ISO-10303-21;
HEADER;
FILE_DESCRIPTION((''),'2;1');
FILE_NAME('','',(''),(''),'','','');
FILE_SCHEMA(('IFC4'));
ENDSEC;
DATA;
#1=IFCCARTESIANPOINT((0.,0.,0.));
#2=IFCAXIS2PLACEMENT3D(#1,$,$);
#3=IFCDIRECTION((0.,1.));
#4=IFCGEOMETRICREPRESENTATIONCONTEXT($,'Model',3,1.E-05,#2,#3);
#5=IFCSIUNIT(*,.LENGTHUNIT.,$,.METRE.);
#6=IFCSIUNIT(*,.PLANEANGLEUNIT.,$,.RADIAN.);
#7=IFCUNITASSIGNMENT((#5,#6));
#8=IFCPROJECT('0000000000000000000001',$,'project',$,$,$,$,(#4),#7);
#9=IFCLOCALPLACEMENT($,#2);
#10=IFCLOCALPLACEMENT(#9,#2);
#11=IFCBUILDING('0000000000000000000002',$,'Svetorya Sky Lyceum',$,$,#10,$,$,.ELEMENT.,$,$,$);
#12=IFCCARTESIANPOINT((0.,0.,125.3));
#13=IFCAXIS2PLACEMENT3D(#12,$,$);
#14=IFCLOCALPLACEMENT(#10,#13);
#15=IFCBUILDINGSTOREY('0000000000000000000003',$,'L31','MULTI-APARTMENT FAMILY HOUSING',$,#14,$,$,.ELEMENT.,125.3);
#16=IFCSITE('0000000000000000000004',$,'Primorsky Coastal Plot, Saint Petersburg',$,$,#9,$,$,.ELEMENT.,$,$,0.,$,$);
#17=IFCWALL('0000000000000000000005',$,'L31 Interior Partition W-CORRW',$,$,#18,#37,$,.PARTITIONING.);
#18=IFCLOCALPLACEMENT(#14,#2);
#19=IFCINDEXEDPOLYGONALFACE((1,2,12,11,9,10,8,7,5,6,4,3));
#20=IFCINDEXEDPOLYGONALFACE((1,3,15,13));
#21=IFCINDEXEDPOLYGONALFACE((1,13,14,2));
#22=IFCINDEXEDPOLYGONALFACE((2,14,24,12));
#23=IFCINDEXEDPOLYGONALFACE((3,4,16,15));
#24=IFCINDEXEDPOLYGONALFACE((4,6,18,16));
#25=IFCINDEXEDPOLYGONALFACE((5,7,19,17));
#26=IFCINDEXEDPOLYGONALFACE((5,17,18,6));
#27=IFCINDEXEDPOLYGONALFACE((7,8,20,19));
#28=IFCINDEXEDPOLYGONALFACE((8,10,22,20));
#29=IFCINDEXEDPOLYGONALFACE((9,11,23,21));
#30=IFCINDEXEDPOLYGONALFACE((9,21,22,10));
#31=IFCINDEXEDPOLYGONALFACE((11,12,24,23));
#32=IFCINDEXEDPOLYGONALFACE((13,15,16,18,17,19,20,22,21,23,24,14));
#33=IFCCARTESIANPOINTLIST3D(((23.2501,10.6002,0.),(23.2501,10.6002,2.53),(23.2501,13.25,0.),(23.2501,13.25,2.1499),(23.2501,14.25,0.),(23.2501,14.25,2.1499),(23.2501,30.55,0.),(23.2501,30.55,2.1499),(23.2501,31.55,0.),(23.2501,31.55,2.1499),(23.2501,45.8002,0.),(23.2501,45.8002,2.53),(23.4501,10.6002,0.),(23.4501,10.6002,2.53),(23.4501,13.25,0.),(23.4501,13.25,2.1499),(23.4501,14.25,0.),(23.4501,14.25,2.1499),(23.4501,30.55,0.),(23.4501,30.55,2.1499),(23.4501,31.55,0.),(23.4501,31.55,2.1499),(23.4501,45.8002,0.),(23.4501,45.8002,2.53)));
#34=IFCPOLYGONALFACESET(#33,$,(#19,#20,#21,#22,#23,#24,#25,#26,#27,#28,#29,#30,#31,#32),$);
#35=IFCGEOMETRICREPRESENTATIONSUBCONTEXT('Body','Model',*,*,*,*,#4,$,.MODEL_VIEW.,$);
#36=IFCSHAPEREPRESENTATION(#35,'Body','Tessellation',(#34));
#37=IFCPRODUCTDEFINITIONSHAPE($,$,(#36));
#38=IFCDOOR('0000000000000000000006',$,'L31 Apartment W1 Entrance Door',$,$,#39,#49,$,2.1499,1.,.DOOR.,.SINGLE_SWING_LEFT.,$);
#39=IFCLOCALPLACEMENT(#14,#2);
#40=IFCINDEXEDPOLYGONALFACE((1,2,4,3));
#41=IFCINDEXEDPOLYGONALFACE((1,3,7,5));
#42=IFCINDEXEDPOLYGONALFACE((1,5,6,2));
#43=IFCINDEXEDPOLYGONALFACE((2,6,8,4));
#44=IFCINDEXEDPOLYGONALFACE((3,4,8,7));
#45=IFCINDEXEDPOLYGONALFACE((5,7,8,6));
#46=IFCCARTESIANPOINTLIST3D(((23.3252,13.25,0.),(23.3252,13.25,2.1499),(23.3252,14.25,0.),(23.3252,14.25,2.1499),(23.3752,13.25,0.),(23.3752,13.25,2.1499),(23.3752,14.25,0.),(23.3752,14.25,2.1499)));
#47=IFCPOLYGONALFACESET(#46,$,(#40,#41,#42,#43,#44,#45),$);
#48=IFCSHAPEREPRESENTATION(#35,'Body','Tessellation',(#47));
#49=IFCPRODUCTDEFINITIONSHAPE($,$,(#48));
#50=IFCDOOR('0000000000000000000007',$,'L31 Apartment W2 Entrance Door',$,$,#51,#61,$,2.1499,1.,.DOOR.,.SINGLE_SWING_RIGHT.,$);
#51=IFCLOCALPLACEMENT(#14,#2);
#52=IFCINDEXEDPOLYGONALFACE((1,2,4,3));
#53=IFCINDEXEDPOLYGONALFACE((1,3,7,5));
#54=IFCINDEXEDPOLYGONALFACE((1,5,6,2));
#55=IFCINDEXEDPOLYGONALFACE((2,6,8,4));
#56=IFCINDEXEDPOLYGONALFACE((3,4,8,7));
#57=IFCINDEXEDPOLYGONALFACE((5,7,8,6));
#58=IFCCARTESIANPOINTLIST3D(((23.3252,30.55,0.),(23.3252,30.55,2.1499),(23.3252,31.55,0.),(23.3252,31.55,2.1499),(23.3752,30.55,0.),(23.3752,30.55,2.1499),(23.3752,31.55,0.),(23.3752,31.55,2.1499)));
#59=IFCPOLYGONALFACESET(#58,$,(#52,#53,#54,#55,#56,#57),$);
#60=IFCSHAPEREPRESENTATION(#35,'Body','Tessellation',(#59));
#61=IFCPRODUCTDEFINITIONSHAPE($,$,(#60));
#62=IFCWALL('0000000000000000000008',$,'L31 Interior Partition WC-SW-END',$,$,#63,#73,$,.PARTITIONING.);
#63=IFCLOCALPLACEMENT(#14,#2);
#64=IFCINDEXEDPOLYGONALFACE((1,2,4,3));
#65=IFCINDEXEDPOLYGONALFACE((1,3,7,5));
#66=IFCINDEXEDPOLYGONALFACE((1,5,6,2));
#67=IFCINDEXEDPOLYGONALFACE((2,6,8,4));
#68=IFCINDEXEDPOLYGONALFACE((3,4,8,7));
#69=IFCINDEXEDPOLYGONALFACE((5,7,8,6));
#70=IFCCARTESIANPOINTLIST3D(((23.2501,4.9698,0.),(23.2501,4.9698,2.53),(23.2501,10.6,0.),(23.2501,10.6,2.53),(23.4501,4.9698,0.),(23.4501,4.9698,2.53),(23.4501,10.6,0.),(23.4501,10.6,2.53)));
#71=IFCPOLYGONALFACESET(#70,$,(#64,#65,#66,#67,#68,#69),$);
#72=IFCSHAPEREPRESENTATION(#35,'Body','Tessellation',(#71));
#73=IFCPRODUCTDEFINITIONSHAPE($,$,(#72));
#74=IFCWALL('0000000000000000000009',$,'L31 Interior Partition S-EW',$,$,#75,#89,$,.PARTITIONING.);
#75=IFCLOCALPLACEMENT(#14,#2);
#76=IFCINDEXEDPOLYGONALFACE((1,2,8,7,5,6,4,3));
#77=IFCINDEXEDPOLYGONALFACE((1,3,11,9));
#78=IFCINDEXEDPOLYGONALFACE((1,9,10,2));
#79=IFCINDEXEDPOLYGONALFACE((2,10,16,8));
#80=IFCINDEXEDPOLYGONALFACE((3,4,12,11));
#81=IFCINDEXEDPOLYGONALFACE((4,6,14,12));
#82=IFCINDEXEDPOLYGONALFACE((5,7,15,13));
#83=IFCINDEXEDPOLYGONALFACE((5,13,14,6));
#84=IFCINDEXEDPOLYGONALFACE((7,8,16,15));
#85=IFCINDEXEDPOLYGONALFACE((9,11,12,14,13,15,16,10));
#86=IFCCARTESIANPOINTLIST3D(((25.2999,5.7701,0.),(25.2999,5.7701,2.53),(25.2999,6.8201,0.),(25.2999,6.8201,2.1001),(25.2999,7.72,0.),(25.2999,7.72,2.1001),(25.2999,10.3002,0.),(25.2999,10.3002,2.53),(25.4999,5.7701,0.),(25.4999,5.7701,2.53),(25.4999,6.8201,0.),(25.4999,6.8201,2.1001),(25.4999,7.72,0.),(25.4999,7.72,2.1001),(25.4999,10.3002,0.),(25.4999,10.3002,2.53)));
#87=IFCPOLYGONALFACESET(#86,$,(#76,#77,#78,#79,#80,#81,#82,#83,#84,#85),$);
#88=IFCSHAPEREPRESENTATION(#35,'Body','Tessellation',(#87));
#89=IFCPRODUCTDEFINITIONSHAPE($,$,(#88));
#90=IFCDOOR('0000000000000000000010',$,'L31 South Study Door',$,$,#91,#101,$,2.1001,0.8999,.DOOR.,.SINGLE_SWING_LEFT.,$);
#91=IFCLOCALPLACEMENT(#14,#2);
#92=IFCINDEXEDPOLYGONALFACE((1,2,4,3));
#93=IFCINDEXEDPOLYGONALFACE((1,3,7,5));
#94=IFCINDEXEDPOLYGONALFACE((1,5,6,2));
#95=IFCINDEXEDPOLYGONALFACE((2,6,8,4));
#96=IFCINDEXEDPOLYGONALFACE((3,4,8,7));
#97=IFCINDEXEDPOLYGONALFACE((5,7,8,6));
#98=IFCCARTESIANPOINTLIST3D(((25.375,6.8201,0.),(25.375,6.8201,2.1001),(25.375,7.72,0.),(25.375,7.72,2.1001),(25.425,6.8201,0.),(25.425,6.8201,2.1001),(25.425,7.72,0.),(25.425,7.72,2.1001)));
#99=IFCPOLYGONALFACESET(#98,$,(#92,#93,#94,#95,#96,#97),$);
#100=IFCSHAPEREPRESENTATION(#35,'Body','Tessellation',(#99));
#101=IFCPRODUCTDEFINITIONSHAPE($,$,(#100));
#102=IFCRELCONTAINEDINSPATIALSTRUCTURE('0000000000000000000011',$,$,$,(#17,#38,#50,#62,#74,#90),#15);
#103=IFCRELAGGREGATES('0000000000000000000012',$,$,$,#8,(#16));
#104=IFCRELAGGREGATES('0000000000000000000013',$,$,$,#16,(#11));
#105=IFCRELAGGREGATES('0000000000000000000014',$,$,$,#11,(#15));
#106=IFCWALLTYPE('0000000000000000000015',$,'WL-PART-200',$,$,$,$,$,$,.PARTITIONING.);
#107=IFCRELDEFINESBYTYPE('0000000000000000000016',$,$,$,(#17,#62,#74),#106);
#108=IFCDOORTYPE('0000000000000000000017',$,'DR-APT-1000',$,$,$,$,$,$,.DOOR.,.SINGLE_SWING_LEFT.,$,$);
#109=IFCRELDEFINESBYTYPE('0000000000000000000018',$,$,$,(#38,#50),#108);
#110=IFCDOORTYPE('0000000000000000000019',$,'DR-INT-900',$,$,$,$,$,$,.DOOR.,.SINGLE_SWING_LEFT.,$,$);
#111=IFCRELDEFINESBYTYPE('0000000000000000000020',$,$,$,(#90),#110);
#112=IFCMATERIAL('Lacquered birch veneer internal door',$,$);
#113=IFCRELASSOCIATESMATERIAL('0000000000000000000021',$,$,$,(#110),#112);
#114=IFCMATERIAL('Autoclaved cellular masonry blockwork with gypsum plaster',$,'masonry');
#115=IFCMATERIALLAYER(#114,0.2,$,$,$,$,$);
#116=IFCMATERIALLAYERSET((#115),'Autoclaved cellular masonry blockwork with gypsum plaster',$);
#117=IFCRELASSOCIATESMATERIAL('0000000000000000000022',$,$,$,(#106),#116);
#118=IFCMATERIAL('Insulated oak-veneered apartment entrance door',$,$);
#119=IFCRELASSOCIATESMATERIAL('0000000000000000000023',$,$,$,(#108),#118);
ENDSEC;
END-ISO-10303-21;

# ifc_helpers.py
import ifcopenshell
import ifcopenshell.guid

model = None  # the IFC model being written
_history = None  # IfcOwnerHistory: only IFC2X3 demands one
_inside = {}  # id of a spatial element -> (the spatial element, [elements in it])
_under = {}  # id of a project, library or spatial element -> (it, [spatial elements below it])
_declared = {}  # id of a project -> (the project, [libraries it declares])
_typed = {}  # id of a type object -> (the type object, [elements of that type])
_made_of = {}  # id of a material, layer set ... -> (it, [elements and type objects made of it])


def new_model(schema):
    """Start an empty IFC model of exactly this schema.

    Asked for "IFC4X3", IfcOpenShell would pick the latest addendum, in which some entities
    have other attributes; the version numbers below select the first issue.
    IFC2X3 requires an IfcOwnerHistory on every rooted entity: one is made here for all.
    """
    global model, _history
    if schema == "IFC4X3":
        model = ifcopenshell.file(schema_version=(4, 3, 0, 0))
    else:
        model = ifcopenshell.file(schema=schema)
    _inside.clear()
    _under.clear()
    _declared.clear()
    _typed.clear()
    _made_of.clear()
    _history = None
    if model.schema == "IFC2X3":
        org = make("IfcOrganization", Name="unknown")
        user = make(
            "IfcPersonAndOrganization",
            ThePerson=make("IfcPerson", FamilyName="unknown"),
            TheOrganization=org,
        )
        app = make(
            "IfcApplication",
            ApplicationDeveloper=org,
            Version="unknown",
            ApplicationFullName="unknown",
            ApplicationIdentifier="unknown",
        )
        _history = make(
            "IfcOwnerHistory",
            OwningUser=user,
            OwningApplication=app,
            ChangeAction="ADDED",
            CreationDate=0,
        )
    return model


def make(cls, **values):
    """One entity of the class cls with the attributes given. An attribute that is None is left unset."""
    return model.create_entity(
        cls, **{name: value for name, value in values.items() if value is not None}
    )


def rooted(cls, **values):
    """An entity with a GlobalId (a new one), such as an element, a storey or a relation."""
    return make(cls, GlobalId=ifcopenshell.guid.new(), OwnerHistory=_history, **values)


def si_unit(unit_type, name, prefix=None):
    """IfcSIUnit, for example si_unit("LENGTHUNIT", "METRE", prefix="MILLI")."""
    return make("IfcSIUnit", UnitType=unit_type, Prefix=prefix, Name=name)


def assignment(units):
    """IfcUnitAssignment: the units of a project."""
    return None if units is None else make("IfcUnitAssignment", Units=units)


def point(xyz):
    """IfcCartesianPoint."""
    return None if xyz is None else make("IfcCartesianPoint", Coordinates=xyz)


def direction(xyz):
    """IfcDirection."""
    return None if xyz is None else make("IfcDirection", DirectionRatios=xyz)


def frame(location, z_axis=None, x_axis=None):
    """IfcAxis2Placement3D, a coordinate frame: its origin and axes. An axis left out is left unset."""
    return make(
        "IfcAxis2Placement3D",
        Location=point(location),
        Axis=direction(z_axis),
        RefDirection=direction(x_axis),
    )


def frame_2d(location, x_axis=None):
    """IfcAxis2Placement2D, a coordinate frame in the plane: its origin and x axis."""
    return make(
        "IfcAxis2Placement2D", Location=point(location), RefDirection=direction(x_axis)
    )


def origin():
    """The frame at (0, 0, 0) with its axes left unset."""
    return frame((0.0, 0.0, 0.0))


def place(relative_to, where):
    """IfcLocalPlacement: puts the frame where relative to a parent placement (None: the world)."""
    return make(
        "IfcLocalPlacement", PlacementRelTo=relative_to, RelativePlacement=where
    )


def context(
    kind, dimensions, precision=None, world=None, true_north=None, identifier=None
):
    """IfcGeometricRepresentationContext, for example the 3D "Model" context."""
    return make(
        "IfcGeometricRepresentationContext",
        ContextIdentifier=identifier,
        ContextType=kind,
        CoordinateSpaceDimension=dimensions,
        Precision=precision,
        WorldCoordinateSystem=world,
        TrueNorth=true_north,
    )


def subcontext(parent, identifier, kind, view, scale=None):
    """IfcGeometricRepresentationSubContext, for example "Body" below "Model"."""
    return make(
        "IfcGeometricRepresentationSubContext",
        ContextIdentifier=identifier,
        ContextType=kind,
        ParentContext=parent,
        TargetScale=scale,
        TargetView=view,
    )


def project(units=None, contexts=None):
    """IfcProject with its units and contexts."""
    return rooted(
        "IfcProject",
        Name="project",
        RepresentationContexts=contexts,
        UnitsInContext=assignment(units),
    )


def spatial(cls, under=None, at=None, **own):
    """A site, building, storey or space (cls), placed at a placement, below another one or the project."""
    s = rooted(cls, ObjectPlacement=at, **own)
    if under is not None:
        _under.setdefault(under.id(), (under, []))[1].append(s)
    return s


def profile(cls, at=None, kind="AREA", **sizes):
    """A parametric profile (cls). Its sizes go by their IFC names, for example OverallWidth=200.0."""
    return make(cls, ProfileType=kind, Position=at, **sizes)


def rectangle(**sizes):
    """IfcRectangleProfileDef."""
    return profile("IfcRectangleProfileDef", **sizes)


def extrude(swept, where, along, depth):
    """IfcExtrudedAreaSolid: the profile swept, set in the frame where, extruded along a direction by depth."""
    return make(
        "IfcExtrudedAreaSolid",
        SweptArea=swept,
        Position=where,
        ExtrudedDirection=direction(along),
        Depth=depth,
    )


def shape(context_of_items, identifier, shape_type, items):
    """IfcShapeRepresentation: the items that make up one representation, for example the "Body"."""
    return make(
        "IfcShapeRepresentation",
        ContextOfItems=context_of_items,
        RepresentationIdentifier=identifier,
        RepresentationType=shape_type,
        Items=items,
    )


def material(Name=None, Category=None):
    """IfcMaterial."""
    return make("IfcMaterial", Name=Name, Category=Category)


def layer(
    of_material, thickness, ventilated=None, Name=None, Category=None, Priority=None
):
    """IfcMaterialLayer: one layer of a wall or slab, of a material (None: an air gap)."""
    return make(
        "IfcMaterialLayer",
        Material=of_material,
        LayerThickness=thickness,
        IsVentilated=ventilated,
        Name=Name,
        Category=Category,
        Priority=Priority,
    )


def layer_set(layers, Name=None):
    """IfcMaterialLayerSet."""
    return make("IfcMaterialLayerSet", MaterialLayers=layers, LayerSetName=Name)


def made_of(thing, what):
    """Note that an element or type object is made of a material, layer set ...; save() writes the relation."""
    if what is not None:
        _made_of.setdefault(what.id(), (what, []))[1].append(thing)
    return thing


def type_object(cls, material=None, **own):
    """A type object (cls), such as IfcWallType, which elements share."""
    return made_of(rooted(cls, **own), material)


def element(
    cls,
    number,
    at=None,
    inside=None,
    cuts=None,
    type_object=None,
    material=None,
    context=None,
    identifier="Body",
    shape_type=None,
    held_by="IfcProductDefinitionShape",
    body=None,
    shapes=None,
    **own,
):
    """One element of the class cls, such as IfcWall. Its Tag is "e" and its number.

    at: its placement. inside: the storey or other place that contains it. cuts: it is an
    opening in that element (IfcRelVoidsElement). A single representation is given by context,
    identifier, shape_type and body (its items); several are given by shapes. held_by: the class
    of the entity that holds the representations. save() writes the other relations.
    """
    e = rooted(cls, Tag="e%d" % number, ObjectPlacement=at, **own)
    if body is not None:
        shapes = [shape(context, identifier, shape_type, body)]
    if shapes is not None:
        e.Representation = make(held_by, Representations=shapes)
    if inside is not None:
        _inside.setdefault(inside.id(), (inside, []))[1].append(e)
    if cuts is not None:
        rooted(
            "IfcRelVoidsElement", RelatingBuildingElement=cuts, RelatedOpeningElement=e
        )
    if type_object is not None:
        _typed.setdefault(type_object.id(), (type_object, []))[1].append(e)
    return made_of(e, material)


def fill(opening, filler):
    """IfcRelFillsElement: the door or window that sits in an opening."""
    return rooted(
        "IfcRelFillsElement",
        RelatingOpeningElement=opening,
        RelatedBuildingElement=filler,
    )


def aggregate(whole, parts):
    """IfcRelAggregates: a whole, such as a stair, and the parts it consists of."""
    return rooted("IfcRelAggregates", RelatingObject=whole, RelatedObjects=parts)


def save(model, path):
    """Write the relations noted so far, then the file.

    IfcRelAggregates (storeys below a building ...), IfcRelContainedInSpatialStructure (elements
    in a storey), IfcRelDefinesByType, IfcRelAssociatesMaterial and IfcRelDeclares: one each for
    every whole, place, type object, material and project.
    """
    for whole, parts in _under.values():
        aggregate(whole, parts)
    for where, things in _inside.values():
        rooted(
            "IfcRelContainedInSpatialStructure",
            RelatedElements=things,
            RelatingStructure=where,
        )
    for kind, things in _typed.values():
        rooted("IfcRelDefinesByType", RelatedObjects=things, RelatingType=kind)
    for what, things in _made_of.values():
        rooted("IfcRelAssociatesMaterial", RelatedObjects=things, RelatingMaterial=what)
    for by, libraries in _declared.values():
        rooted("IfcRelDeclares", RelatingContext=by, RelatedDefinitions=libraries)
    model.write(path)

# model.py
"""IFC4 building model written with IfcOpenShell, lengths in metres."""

from ifc_helpers import new_model, si_unit, direction, frame, frame_2d, origin, place, context, subcontext, project, spatial, rectangle, extrude, material, layer, layer_set, type_object, element, fill, save


model = new_model("IFC4")

# Units and contexts
model_context = context("Model", 3, precision=1e-05, world=origin(), true_north=direction((0.0, 1.0)))
body_context = subcontext(model_context, "Body", "Model", "MODEL_VIEW")
ifc_project = project(units=[si_unit("LENGTHUNIT", "METRE"), si_unit("PLANEANGLEUNIT", "RADIAN")], contexts=[model_context])

# Site, building, storey
site_placement = place(None, origin())
site = spatial("IfcSite", under=ifc_project, at=site_placement, Name="Primorsky Coastal Plot, Saint Petersburg", CompositionType="ELEMENT", RefElevation=0.0)
building_placement = place(site_placement, origin())
building = spatial("IfcBuilding", under=site, at=building_placement, Name="Svetorya Sky Lyceum", CompositionType="ELEMENT")
storey_placement = place(building_placement, frame((0.0, 0.0, 125.3)))
storey = spatial("IfcBuildingStorey", under=building, at=storey_placement, Name="L31", Description="MULTI-APARTMENT FAMILY HOUSING", CompositionType="ELEMENT", Elevation=125.3)

# Shared definitions
ifc_material_1 = material(Name="Lacquered birch veneer internal door")
door_type_1 = type_object("IfcDoorType", Name="DR-INT-900", OperationType="SINGLE_SWING_LEFT", PredefinedType="DOOR", material=ifc_material_1)

# Shared definitions
ifc_material_2 = material(Name="Autoclaved cellular masonry blockwork with gypsum plaster", Category="masonry")
ifc_layer_1 = layer(ifc_material_2, 0.2)
ifc_layer_set_1 = layer_set([ifc_layer_1], Name="Autoclaved cellular masonry blockwork with gypsum plaster")
wall_type_1 = type_object("IfcWallType", Name="WL-PART-200", PredefinedType="PARTITIONING", material=ifc_layer_set_1)

# Wall, openings, doors
wall_1_placement = place(storey_placement, frame((23.3501, 10.6001, 0.0), z_axis=(0.0, 0.0, 1.0), x_axis=(0.0, 1.0, 0.0)))
wall_1 = element("IfcWall", 1, at=wall_1_placement, inside=storey, type_object=wall_type_1, Name="L31 Interior Partition W-CORRW", PredefinedType="PARTITIONING", context=body_context, shape_type="SweptSolid", body=[
    extrude(rectangle(XDim=35.2, YDim=0.2, at=frame_2d((17.6001, 0.0))), origin(), (0.0, 0.0, 1.0), 2.53),
])
opening_1_placement = place(wall_1_placement, frame((2.6499, 0.0, 0.0)))
opening_1 = element("IfcOpeningElement", 2, at=opening_1_placement, cuts=wall_1, PredefinedType="OPENING", context=body_context, shape_type="SweptSolid", body=[
    extrude(rectangle(XDim=1.0, YDim=2.1499, at=frame_2d((0.5, 1.075))), frame((0.0, 0.1099, 0.0), z_axis=(0.0, -1.0, 0.0), x_axis=(1.0, 0.0, 0.0)), (0.0, 0.0, 1.0), 0.22),
])
opening_2_placement = place(wall_1_placement, frame((19.95, 0.0, 0.0)))
opening_2 = element("IfcOpeningElement", 3, at=opening_2_placement, cuts=wall_1, PredefinedType="OPENING", context=body_context, shape_type="SweptSolid", body=[
    extrude(rectangle(XDim=1.0, YDim=2.1499, at=frame_2d((0.5, 1.075))), frame((0.0, 0.1099, 0.0), z_axis=(0.0, -1.0, 0.0), x_axis=(1.0, 0.0, 0.0)), (0.0, 0.0, 1.0), 0.22),
])
ifc_material_3 = material(Name="Insulated oak-veneered apartment entrance door")
door_type_2 = type_object("IfcDoorType", Name="DR-APT-1000", OperationType="SINGLE_SWING_LEFT", PredefinedType="DOOR", material=ifc_material_3)
door_1_placement = place(opening_1_placement, origin())
door_1 = element("IfcDoor", 4, at=door_1_placement, inside=storey, type_object=door_type_2, Name="L31 Apartment W1 Entrance Door", OperationType="SINGLE_SWING_LEFT", OverallHeight=2.1499, OverallWidth=1.0, PredefinedType="DOOR", context=body_context, shape_type="SweptSolid", body=[
    extrude(rectangle(XDim=1.0, YDim=2.1499, at=frame_2d((0.5, 1.075))), frame((0.0, 0.0249, 0.0), z_axis=(0.0, -1.0, 0.0), x_axis=(1.0, 0.0, 0.0)), (0.0, 0.0, 1.0), 0.05),
])
fill(opening_1, door_1)
door_2_placement = place(opening_2_placement, origin())
door_2 = element("IfcDoor", 5, at=door_2_placement, inside=storey, type_object=door_type_2, Name="L31 Apartment W2 Entrance Door", OperationType="SINGLE_SWING_RIGHT", OverallHeight=2.1499, OverallWidth=1.0, PredefinedType="DOOR", context=body_context, shape_type="SweptSolid", body=[
    extrude(rectangle(XDim=1.0, YDim=2.1499, at=frame_2d((0.5, 1.075))), frame((0.0, 0.0249, 0.0), z_axis=(0.0, -1.0, 0.0), x_axis=(1.0, 0.0, 0.0)), (0.0, 0.0, 1.0), 0.05),
])
fill(opening_2, door_2)

# Wall
wall_2_placement = place(storey_placement, frame((23.3501, 4.97, 0.0), z_axis=(0.0, 0.0, 1.0), x_axis=(0.0, 1.0, 0.0)))
element("IfcWall", 6, at=wall_2_placement, inside=storey, type_object=wall_type_1, Name="L31 Interior Partition WC-SW-END", PredefinedType="PARTITIONING", context=body_context, shape_type="SweptSolid", body=[
    extrude(rectangle(XDim=5.6301, YDim=0.2, at=frame_2d((2.8149, 0.0))), origin(), (0.0, 0.0, 1.0), 2.53),
])

# Wall, opening, door
wall_3_placement = place(storey_placement, frame((25.3999, 5.77, 0.0), z_axis=(0.0, 0.0, 1.0), x_axis=(0.0, 1.0, 0.0)))
wall_3 = element("IfcWall", 7, at=wall_3_placement, inside=storey, type_object=wall_type_1, Name="L31 Interior Partition S-EW", PredefinedType="PARTITIONING", context=body_context, shape_type="SweptSolid", body=[
    extrude(rectangle(XDim=4.53, YDim=0.2, at=frame_2d((2.2651, 0.0))), origin(), (0.0, 0.0, 1.0), 2.53),
])
opening_3_placement = place(wall_3_placement, frame((1.05, 0.0, 0.0)))
opening_3 = element("IfcOpeningElement", 8, at=opening_3_placement, cuts=wall_3, PredefinedType="OPENING", context=body_context, shape_type="SweptSolid", body=[
    extrude(rectangle(XDim=0.8999, YDim=2.1001, at=frame_2d((0.45, 1.05))), frame((0.0, 0.1099, 0.0), z_axis=(0.0, -1.0, 0.0), x_axis=(1.0, 0.0, 0.0)), (0.0, 0.0, 1.0), 0.22),
])
door_3_placement = place(opening_3_placement, origin())
door_3 = element("IfcDoor", 9, at=door_3_placement, inside=storey, type_object=door_type_1, Name="L31 South Study Door", OperationType="SINGLE_SWING_LEFT", OverallHeight=2.1001, OverallWidth=0.8999, PredefinedType="DOOR", context=body_context, shape_type="SweptSolid", body=[
    extrude(rectangle(XDim=0.8999, YDim=2.1001, at=frame_2d((0.45, 1.05))), frame((0.0, 0.0249, 0.0), z_axis=(0.0, -1.0, 0.0), x_axis=(1.0, 0.0, 0.0)), (0.0, 0.0, 1.0), 0.05),
])
fill(opening_3, door_3)

save(model, "model.ifc")
